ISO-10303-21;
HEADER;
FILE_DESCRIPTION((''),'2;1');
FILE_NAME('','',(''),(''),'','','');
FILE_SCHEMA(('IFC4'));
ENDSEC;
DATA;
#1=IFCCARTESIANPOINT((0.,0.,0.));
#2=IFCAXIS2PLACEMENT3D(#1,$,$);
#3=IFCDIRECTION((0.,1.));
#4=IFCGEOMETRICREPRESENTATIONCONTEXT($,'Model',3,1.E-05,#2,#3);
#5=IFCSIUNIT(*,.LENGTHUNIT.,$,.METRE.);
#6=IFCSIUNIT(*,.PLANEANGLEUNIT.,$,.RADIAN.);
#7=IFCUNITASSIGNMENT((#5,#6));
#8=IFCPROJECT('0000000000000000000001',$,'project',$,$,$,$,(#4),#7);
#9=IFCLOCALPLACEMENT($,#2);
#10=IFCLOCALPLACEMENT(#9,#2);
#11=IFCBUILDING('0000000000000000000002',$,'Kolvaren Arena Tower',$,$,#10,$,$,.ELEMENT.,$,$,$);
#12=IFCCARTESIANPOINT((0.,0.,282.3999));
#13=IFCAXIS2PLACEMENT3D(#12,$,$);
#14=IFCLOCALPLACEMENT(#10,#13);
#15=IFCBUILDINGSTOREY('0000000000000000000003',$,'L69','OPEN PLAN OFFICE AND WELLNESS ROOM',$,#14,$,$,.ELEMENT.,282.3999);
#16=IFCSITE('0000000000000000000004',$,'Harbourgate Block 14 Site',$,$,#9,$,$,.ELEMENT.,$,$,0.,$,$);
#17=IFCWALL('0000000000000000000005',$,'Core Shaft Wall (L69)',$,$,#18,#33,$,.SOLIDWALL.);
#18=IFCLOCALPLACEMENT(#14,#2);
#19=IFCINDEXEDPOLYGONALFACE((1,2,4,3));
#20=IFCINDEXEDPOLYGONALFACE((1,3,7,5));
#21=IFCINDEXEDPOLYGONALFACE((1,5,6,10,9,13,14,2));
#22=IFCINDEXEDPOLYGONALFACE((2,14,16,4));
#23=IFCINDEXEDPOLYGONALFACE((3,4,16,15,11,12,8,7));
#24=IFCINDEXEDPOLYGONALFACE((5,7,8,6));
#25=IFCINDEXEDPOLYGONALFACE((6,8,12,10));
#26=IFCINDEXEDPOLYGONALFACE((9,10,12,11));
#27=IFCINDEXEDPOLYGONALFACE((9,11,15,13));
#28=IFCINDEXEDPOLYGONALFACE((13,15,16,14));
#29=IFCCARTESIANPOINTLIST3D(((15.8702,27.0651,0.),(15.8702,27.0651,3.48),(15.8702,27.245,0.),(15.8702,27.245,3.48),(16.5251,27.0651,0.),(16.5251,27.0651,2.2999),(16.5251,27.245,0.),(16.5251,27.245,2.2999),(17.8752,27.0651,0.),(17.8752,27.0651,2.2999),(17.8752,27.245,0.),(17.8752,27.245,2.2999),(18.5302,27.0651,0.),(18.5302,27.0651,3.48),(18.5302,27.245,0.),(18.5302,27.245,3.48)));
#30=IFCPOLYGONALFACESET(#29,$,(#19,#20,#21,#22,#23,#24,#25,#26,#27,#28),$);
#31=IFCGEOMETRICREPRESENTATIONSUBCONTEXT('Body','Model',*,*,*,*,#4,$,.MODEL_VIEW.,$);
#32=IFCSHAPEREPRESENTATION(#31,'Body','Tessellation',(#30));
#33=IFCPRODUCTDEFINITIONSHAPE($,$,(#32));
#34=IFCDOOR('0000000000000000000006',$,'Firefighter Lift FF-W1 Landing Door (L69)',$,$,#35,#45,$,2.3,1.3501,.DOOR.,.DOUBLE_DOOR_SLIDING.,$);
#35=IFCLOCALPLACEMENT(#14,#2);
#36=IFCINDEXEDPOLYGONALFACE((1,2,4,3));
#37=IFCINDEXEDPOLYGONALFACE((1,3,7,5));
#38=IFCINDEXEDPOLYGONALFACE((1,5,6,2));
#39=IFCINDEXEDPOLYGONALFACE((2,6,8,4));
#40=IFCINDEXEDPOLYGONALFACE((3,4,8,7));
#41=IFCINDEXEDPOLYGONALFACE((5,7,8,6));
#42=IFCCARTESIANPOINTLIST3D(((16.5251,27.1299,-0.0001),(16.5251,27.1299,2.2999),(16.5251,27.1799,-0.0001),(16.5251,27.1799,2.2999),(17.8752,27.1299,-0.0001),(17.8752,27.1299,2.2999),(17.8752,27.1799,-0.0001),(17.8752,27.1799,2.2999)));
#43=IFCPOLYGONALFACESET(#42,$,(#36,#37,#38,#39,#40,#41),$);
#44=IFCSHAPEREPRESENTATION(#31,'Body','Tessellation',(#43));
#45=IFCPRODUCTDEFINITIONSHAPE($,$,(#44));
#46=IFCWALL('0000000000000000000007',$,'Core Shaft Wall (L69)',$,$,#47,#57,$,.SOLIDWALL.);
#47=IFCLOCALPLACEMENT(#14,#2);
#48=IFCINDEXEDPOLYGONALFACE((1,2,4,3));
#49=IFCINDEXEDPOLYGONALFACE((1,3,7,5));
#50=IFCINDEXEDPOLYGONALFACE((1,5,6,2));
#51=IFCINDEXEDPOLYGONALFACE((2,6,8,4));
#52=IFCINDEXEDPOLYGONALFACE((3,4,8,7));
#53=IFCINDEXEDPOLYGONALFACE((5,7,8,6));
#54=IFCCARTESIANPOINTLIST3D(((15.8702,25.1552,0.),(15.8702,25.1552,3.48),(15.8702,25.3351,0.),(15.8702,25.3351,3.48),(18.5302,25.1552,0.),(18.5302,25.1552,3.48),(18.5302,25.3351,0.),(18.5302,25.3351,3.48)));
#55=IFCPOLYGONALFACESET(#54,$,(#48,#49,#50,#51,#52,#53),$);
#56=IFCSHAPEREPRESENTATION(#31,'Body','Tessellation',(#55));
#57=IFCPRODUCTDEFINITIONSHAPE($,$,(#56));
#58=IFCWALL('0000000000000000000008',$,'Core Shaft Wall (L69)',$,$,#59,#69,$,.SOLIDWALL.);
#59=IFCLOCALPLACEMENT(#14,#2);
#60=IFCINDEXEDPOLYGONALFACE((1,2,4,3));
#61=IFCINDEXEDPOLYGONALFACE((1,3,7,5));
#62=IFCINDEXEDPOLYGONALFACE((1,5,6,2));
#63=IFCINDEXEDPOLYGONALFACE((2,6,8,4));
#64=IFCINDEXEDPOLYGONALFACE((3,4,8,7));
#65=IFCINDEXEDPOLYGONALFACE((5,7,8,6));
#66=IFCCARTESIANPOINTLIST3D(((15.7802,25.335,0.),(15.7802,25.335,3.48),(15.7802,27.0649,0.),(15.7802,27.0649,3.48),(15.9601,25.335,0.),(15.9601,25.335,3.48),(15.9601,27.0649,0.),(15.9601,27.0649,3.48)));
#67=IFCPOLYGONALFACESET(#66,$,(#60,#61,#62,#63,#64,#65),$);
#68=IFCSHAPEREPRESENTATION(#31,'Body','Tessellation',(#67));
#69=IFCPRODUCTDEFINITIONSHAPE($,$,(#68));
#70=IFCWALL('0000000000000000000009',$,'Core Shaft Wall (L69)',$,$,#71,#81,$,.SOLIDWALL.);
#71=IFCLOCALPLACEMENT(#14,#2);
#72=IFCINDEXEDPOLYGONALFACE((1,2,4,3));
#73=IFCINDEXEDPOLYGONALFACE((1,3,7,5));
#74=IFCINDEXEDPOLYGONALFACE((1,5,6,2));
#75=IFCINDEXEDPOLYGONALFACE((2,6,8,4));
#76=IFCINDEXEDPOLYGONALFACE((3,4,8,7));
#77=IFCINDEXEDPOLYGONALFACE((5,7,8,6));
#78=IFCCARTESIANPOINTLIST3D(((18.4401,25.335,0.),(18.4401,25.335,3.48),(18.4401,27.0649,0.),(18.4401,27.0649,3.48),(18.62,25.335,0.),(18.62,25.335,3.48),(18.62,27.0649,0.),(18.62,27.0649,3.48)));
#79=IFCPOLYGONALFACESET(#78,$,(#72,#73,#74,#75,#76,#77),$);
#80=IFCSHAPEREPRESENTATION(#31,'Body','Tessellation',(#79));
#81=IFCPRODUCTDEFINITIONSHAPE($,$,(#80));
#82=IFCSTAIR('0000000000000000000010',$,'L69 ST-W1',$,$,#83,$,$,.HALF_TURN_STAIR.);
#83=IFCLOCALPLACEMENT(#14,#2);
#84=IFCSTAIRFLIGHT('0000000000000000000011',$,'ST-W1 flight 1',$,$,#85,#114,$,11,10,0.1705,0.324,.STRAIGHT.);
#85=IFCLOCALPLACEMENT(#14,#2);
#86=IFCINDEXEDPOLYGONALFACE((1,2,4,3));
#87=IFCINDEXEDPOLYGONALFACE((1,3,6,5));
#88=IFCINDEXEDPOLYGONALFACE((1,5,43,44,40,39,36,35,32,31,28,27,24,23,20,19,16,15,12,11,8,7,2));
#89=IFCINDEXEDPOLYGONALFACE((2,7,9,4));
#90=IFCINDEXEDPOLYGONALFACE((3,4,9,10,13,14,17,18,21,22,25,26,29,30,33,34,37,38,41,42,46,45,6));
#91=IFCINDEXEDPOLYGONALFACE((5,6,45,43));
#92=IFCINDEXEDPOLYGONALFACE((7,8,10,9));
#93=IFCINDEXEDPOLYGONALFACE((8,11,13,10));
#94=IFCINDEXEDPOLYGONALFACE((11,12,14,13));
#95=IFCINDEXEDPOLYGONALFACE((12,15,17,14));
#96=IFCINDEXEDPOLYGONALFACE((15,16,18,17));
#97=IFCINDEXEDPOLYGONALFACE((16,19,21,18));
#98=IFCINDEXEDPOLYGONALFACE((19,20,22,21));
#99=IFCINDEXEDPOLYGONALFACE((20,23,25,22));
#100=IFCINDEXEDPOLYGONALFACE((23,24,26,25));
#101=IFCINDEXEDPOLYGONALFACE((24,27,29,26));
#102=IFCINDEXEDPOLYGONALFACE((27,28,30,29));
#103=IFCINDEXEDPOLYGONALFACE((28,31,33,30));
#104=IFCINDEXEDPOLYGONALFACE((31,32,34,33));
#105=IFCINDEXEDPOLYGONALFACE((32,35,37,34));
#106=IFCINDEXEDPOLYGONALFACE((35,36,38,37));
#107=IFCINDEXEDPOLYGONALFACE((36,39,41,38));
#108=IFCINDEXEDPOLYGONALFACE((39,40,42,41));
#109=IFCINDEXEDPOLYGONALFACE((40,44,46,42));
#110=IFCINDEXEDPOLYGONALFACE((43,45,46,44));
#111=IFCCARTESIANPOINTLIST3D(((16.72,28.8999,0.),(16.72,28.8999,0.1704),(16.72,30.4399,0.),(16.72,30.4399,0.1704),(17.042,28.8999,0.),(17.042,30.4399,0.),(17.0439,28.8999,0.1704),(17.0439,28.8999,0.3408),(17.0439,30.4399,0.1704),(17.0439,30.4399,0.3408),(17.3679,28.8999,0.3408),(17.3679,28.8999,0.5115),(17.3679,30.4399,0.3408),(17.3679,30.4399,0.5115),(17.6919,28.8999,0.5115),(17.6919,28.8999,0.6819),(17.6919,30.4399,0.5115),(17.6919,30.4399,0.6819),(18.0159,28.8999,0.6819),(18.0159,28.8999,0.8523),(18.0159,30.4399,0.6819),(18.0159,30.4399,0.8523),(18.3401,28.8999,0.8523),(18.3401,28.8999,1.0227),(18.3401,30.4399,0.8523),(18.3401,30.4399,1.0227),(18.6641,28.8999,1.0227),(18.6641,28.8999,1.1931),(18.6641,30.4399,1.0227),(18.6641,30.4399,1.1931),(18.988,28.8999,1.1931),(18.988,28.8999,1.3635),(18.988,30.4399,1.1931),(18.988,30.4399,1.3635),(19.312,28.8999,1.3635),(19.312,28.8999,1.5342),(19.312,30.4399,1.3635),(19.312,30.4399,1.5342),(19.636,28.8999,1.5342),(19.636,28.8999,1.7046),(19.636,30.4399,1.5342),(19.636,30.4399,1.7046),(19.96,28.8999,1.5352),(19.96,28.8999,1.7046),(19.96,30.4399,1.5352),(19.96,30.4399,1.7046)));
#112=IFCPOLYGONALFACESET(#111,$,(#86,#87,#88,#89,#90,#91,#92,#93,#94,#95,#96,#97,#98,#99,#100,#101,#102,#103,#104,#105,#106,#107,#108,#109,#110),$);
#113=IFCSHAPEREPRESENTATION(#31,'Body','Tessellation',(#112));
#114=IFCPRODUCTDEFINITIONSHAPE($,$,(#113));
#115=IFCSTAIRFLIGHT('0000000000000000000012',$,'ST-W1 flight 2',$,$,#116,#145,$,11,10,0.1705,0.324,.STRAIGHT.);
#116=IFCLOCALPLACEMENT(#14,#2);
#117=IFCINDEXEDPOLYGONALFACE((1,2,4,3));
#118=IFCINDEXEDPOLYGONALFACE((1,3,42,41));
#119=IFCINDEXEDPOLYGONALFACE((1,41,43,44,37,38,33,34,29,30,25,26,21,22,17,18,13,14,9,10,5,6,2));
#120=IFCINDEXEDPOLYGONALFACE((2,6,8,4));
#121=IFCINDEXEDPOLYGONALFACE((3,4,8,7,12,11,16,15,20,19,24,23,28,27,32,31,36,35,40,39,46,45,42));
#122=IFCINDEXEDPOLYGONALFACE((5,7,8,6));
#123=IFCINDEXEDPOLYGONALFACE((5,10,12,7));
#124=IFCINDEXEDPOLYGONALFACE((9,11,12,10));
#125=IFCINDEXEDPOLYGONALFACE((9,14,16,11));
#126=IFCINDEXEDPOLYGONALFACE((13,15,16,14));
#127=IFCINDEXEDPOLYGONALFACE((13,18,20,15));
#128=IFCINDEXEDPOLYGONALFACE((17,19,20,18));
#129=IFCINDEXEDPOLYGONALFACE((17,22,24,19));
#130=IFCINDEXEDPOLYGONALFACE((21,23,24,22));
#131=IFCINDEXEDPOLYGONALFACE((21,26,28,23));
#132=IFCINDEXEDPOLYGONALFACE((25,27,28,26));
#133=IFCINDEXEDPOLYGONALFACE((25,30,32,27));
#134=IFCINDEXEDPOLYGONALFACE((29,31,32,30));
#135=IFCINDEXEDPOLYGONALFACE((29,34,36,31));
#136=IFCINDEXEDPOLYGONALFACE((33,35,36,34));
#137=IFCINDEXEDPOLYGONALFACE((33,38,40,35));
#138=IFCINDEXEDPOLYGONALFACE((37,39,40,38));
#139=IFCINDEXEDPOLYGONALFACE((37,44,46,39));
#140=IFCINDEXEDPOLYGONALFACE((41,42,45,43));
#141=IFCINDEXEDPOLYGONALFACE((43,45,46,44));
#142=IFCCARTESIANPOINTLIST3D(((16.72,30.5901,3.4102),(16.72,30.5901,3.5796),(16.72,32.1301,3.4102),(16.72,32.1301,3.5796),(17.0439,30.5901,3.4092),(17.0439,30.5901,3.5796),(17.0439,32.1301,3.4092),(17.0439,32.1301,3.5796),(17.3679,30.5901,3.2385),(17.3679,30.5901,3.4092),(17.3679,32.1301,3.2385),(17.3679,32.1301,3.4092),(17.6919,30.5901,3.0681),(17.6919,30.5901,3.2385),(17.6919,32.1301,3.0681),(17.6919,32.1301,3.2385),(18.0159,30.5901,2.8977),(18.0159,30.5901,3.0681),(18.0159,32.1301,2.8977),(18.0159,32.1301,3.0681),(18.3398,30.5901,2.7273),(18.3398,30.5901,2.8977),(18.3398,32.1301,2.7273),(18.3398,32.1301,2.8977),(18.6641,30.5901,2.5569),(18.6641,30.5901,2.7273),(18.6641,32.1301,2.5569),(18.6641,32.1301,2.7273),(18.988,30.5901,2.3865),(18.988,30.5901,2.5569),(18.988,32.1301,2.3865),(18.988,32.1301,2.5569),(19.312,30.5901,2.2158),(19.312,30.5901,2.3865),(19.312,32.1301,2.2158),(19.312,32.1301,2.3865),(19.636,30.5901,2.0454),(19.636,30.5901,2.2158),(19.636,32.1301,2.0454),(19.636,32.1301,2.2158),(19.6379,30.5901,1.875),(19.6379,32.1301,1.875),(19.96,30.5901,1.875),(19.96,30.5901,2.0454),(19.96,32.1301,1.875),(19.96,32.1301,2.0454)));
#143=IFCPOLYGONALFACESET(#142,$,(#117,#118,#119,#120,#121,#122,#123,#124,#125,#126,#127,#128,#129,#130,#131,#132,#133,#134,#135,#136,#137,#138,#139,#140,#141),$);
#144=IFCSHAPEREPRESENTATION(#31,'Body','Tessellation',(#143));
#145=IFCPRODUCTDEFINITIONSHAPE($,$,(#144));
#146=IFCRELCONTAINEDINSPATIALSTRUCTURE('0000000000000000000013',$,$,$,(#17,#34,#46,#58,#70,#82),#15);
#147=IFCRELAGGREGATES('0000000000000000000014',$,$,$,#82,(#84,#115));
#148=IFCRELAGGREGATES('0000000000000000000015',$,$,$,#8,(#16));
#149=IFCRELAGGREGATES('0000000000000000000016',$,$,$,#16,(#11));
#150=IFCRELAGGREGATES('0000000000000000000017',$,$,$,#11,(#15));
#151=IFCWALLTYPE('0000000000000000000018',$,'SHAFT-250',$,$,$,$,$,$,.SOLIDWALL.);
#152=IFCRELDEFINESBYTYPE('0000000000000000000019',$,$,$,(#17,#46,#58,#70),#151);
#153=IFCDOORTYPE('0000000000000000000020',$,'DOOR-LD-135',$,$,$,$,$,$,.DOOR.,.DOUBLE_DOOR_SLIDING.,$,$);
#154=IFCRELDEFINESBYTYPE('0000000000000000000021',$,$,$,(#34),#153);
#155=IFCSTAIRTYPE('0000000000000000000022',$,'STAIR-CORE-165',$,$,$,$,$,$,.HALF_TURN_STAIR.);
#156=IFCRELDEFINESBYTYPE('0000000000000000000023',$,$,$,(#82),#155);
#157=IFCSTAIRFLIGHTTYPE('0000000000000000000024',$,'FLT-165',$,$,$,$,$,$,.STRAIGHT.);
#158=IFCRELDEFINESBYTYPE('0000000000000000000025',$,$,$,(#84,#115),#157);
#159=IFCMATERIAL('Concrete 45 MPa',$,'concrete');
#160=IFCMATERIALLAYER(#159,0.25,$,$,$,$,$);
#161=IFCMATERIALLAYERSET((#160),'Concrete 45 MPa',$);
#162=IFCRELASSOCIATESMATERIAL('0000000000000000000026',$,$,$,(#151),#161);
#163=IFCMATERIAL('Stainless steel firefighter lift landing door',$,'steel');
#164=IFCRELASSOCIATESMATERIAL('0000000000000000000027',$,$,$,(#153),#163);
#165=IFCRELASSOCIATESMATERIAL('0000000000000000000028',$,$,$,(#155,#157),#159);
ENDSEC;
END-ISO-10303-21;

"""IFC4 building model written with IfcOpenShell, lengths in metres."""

from ifc_helpers import new_model, si_unit, direction, frame, frame_2d, origin, place, context, subcontext, project, spatial, polyline, rectangle, outline, extrude, material, layer, layer_set, type_object, element, fill, aggregate, save


model = new_model("IFC4")

# Units and contexts
model_context = context("Model", 3, precision=1e-05, world=origin(), true_north=direction((0.0, 1.0)))
body_context = subcontext(model_context, "Body", "Model", "MODEL_VIEW")
ifc_project = project(units=[si_unit("LENGTHUNIT", "METRE"), si_unit("PLANEANGLEUNIT", "RADIAN")], contexts=[model_context])

# Site, building, storey
site_placement = place(None, origin())
site = spatial("IfcSite", under=ifc_project, at=site_placement, Name="Harbourgate Block 14 Site", CompositionType="ELEMENT", RefElevation=0.0)
building_placement = place(site_placement, origin())
building = spatial("IfcBuilding", under=site, at=building_placement, Name="Kolvaren Arena Tower", CompositionType="ELEMENT")
storey_placement = place(building_placement, frame((0.0, 0.0, 282.3999)))
storey = spatial("IfcBuildingStorey", under=building, at=storey_placement, Name="L69", Description="OPEN PLAN OFFICE AND WELLNESS ROOM", CompositionType="ELEMENT", Elevation=282.3999)

# Shared definitions
ifc_material_1 = material(Name="Concrete 45 MPa", Category="concrete")
ifc_layer_1 = layer(ifc_material_1, 0.25)
ifc_layer_set_1 = layer_set([ifc_layer_1], Name="Concrete 45 MPa")
wall_type_1 = type_object("IfcWallType", Name="SHAFT-250", PredefinedType="SOLIDWALL", material=ifc_layer_set_1)

# Wall, opening, door
wall_1_placement = place(storey_placement, frame((15.8701, 27.155, 0.0), z_axis=(0.0, 0.0, 1.0), x_axis=(1.0, 0.0, 0.0)))
wall_1 = element("IfcWall", 1, at=wall_1_placement, inside=storey, type_object=wall_type_1, Name="Core Shaft Wall (L69)", PredefinedType="SOLIDWALL", context=body_context, shape_type="SweptSolid", body=[
    extrude(rectangle(XDim=2.6599, YDim=0.1799, at=frame_2d((1.3301, 0.0))), origin(), (0.0, 0.0, 1.0), 3.48),
])
opening_placement = place(wall_1_placement, frame((0.655, 0.0, 0.0)))
opening = element("IfcOpeningElement", 2, at=opening_placement, cuts=wall_1, PredefinedType="OPENING", context=body_context, shape_type="SweptSolid", body=[
    extrude(rectangle(XDim=1.3501, YDim=2.3, at=frame_2d((0.675, 1.1499))), frame((0.0, 0.0999, 0.0), z_axis=(0.0, -1.0, 0.0), x_axis=(1.0, 0.0, 0.0)), (0.0, 0.0, 1.0), 0.2),
])
ifc_material_2 = material(Name="Stainless steel firefighter lift landing door", Category="steel")
door_type = type_object("IfcDoorType", Name="DOOR-LD-135", OperationType="DOUBLE_DOOR_SLIDING", PredefinedType="DOOR", material=ifc_material_2)
door_placement = place(opening_placement, origin())
door = element("IfcDoor", 3, at=door_placement, inside=storey, type_object=door_type, Name="Firefighter Lift FF-W1 Landing Door (L69)", OperationType="DOUBLE_DOOR_SLIDING", OverallHeight=2.3, OverallWidth=1.3501, PredefinedType="DOOR", context=body_context, shape_type="SweptSolid", body=[
    extrude(rectangle(XDim=1.3501, YDim=2.3, at=frame_2d((0.675, 1.1499))), frame((0.0, 0.0249, 0.0), z_axis=(0.0, -1.0, 0.0), x_axis=(1.0, 0.0, 0.0)), (0.0, 0.0, 1.0), 0.05),
])
fill(opening, door)

# Walls
wall_2_placement = place(storey_placement, frame((15.8701, 25.2451, 0.0), z_axis=(0.0, 0.0, 1.0), x_axis=(1.0, 0.0, 0.0)))
element("IfcWall", 4, at=wall_2_placement, inside=storey, type_object=wall_type_1, Name="Core Shaft Wall (L69)", PredefinedType="SOLIDWALL", context=body_context, shape_type="SweptSolid", body=[
    extrude(rectangle(XDim=2.6599, YDim=0.1799, at=frame_2d((1.3301, 0.0))), origin(), (0.0, 0.0, 1.0), 3.48),
])
for number, where, z_axis, x_axis, name in (
    (5, (15.8701, 25.335, 0.0), (0.0, 0.0, 1.0), (0.0, 1.0, 0.0), "Core Shaft Wall (L69)"),
    (6, (18.53, 25.335, 0.0), (0.0, 0.0, 1.0), (0.0, 1.0, 0.0), "Core Shaft Wall (L69)"),
):
    element("IfcWall", number, at=place(storey_placement, frame(where, z_axis=z_axis, x_axis=x_axis)), inside=storey, type_object=wall_type_1, Name=name, PredefinedType="SOLIDWALL", context=body_context, shape_type="SweptSolid", body=[
        extrude(rectangle(XDim=1.73, YDim=0.1799, at=frame_2d((0.865, 0.0))), origin(), (0.0, 0.0, 1.0), 3.48),
    ])

# Stair, stair flights
stair_type = type_object("IfcStairType", Name="STAIR-CORE-165", PredefinedType="HALF_TURN_STAIR", material=ifc_material_1)
stair_placement = place(storey_placement, origin())
stair = element("IfcStair", 7, at=stair_placement, inside=storey, type_object=stair_type, Name="L69 ST-W1", PredefinedType="HALF_TURN_STAIR")
stair_flight_type = type_object("IfcStairFlightType", Name="FLT-165", PredefinedType="STRAIGHT", material=ifc_material_1)
stair_flight_1_placement = place(storey_placement, frame((16.72, 29.6699, 0.0), z_axis=(0.0, 0.0, 1.0), x_axis=(1.0, 0.0, 0.0)))
stair_flight_1 = element("IfcStairFlight", 8, at=stair_flight_1_placement, type_object=stair_flight_type, Name="ST-W1 flight 1", NumberOfRisers=11, NumberOfTreads=10, PredefinedType="STRAIGHT", RiserHeight=0.1705, TreadLength=0.324, context=body_context, shape_type="SweptSolid", body=[
    extrude(outline(polyline([(0.0, 0.0), (0.0, 0.1704), (0.324, 0.1704), (0.324, 0.3408), (0.6479, 0.3408), (0.6479, 0.5115), (0.9719, 0.5115), (0.9719, 0.6819), (1.2959, 0.6819), (1.2959, 0.8523), (1.6201, 0.8523), (1.6201, 1.0227), (1.9441, 1.0227), (1.9441, 1.1931), (2.2681, 1.1931), (2.2681, 1.3635), (2.592, 1.3635), (2.592, 1.5342), (2.916, 1.5342), (2.916, 1.7046), (3.24, 1.7046), (3.24, 1.875), (3.24, 1.5352), (0.322, 0.0), (0.0, 0.0)])), frame((0.0, 0.77, 0.0), z_axis=(0.0, -1.0, 0.0), x_axis=(1.0, 0.0, 0.0)), (0.0, 0.0, 1.0), 1.54),
])
stair_flight_2_placement = place(storey_placement, frame((19.96, 31.3601, 1.875), z_axis=(0.0, 0.0, 1.0), x_axis=(-1.0, 0.0, 0.0)))
stair_flight_2 = element("IfcStairFlight", 9, at=stair_flight_2_placement, type_object=stair_flight_type, Name="ST-W1 flight 2", NumberOfRisers=11, NumberOfTreads=10, PredefinedType="STRAIGHT", RiserHeight=0.1705, TreadLength=0.324, context=body_context, shape_type="SweptSolid", body=[
    extrude(outline(polyline([(0.0, 0.0), (0.0, 0.1704), (0.324, 0.1704), (0.324, 0.3408), (0.6479, 0.3408), (0.6479, 0.5115), (0.9719, 0.5115), (0.9719, 0.6819), (1.2959, 0.6819), (1.2959, 0.8523), (1.6201, 0.8523), (1.6201, 1.0227), (1.9441, 1.0227), (1.9441, 1.1931), (2.2681, 1.1931), (2.2681, 1.3635), (2.592, 1.3635), (2.592, 1.5342), (2.916, 1.5342), (2.916, 1.7046), (3.24, 1.7046), (3.24, 1.875), (3.24, 1.5352), (0.322, 0.0), (0.0, 0.0)])), frame((0.0, 0.77, 0.0), z_axis=(0.0, -1.0, 0.0), x_axis=(1.0, 0.0, 0.0)), (0.0, 0.0, 1.0), 1.54),
])
aggregate(stair, [stair_flight_1, stair_flight_2])

save(model, "model.ifc")
